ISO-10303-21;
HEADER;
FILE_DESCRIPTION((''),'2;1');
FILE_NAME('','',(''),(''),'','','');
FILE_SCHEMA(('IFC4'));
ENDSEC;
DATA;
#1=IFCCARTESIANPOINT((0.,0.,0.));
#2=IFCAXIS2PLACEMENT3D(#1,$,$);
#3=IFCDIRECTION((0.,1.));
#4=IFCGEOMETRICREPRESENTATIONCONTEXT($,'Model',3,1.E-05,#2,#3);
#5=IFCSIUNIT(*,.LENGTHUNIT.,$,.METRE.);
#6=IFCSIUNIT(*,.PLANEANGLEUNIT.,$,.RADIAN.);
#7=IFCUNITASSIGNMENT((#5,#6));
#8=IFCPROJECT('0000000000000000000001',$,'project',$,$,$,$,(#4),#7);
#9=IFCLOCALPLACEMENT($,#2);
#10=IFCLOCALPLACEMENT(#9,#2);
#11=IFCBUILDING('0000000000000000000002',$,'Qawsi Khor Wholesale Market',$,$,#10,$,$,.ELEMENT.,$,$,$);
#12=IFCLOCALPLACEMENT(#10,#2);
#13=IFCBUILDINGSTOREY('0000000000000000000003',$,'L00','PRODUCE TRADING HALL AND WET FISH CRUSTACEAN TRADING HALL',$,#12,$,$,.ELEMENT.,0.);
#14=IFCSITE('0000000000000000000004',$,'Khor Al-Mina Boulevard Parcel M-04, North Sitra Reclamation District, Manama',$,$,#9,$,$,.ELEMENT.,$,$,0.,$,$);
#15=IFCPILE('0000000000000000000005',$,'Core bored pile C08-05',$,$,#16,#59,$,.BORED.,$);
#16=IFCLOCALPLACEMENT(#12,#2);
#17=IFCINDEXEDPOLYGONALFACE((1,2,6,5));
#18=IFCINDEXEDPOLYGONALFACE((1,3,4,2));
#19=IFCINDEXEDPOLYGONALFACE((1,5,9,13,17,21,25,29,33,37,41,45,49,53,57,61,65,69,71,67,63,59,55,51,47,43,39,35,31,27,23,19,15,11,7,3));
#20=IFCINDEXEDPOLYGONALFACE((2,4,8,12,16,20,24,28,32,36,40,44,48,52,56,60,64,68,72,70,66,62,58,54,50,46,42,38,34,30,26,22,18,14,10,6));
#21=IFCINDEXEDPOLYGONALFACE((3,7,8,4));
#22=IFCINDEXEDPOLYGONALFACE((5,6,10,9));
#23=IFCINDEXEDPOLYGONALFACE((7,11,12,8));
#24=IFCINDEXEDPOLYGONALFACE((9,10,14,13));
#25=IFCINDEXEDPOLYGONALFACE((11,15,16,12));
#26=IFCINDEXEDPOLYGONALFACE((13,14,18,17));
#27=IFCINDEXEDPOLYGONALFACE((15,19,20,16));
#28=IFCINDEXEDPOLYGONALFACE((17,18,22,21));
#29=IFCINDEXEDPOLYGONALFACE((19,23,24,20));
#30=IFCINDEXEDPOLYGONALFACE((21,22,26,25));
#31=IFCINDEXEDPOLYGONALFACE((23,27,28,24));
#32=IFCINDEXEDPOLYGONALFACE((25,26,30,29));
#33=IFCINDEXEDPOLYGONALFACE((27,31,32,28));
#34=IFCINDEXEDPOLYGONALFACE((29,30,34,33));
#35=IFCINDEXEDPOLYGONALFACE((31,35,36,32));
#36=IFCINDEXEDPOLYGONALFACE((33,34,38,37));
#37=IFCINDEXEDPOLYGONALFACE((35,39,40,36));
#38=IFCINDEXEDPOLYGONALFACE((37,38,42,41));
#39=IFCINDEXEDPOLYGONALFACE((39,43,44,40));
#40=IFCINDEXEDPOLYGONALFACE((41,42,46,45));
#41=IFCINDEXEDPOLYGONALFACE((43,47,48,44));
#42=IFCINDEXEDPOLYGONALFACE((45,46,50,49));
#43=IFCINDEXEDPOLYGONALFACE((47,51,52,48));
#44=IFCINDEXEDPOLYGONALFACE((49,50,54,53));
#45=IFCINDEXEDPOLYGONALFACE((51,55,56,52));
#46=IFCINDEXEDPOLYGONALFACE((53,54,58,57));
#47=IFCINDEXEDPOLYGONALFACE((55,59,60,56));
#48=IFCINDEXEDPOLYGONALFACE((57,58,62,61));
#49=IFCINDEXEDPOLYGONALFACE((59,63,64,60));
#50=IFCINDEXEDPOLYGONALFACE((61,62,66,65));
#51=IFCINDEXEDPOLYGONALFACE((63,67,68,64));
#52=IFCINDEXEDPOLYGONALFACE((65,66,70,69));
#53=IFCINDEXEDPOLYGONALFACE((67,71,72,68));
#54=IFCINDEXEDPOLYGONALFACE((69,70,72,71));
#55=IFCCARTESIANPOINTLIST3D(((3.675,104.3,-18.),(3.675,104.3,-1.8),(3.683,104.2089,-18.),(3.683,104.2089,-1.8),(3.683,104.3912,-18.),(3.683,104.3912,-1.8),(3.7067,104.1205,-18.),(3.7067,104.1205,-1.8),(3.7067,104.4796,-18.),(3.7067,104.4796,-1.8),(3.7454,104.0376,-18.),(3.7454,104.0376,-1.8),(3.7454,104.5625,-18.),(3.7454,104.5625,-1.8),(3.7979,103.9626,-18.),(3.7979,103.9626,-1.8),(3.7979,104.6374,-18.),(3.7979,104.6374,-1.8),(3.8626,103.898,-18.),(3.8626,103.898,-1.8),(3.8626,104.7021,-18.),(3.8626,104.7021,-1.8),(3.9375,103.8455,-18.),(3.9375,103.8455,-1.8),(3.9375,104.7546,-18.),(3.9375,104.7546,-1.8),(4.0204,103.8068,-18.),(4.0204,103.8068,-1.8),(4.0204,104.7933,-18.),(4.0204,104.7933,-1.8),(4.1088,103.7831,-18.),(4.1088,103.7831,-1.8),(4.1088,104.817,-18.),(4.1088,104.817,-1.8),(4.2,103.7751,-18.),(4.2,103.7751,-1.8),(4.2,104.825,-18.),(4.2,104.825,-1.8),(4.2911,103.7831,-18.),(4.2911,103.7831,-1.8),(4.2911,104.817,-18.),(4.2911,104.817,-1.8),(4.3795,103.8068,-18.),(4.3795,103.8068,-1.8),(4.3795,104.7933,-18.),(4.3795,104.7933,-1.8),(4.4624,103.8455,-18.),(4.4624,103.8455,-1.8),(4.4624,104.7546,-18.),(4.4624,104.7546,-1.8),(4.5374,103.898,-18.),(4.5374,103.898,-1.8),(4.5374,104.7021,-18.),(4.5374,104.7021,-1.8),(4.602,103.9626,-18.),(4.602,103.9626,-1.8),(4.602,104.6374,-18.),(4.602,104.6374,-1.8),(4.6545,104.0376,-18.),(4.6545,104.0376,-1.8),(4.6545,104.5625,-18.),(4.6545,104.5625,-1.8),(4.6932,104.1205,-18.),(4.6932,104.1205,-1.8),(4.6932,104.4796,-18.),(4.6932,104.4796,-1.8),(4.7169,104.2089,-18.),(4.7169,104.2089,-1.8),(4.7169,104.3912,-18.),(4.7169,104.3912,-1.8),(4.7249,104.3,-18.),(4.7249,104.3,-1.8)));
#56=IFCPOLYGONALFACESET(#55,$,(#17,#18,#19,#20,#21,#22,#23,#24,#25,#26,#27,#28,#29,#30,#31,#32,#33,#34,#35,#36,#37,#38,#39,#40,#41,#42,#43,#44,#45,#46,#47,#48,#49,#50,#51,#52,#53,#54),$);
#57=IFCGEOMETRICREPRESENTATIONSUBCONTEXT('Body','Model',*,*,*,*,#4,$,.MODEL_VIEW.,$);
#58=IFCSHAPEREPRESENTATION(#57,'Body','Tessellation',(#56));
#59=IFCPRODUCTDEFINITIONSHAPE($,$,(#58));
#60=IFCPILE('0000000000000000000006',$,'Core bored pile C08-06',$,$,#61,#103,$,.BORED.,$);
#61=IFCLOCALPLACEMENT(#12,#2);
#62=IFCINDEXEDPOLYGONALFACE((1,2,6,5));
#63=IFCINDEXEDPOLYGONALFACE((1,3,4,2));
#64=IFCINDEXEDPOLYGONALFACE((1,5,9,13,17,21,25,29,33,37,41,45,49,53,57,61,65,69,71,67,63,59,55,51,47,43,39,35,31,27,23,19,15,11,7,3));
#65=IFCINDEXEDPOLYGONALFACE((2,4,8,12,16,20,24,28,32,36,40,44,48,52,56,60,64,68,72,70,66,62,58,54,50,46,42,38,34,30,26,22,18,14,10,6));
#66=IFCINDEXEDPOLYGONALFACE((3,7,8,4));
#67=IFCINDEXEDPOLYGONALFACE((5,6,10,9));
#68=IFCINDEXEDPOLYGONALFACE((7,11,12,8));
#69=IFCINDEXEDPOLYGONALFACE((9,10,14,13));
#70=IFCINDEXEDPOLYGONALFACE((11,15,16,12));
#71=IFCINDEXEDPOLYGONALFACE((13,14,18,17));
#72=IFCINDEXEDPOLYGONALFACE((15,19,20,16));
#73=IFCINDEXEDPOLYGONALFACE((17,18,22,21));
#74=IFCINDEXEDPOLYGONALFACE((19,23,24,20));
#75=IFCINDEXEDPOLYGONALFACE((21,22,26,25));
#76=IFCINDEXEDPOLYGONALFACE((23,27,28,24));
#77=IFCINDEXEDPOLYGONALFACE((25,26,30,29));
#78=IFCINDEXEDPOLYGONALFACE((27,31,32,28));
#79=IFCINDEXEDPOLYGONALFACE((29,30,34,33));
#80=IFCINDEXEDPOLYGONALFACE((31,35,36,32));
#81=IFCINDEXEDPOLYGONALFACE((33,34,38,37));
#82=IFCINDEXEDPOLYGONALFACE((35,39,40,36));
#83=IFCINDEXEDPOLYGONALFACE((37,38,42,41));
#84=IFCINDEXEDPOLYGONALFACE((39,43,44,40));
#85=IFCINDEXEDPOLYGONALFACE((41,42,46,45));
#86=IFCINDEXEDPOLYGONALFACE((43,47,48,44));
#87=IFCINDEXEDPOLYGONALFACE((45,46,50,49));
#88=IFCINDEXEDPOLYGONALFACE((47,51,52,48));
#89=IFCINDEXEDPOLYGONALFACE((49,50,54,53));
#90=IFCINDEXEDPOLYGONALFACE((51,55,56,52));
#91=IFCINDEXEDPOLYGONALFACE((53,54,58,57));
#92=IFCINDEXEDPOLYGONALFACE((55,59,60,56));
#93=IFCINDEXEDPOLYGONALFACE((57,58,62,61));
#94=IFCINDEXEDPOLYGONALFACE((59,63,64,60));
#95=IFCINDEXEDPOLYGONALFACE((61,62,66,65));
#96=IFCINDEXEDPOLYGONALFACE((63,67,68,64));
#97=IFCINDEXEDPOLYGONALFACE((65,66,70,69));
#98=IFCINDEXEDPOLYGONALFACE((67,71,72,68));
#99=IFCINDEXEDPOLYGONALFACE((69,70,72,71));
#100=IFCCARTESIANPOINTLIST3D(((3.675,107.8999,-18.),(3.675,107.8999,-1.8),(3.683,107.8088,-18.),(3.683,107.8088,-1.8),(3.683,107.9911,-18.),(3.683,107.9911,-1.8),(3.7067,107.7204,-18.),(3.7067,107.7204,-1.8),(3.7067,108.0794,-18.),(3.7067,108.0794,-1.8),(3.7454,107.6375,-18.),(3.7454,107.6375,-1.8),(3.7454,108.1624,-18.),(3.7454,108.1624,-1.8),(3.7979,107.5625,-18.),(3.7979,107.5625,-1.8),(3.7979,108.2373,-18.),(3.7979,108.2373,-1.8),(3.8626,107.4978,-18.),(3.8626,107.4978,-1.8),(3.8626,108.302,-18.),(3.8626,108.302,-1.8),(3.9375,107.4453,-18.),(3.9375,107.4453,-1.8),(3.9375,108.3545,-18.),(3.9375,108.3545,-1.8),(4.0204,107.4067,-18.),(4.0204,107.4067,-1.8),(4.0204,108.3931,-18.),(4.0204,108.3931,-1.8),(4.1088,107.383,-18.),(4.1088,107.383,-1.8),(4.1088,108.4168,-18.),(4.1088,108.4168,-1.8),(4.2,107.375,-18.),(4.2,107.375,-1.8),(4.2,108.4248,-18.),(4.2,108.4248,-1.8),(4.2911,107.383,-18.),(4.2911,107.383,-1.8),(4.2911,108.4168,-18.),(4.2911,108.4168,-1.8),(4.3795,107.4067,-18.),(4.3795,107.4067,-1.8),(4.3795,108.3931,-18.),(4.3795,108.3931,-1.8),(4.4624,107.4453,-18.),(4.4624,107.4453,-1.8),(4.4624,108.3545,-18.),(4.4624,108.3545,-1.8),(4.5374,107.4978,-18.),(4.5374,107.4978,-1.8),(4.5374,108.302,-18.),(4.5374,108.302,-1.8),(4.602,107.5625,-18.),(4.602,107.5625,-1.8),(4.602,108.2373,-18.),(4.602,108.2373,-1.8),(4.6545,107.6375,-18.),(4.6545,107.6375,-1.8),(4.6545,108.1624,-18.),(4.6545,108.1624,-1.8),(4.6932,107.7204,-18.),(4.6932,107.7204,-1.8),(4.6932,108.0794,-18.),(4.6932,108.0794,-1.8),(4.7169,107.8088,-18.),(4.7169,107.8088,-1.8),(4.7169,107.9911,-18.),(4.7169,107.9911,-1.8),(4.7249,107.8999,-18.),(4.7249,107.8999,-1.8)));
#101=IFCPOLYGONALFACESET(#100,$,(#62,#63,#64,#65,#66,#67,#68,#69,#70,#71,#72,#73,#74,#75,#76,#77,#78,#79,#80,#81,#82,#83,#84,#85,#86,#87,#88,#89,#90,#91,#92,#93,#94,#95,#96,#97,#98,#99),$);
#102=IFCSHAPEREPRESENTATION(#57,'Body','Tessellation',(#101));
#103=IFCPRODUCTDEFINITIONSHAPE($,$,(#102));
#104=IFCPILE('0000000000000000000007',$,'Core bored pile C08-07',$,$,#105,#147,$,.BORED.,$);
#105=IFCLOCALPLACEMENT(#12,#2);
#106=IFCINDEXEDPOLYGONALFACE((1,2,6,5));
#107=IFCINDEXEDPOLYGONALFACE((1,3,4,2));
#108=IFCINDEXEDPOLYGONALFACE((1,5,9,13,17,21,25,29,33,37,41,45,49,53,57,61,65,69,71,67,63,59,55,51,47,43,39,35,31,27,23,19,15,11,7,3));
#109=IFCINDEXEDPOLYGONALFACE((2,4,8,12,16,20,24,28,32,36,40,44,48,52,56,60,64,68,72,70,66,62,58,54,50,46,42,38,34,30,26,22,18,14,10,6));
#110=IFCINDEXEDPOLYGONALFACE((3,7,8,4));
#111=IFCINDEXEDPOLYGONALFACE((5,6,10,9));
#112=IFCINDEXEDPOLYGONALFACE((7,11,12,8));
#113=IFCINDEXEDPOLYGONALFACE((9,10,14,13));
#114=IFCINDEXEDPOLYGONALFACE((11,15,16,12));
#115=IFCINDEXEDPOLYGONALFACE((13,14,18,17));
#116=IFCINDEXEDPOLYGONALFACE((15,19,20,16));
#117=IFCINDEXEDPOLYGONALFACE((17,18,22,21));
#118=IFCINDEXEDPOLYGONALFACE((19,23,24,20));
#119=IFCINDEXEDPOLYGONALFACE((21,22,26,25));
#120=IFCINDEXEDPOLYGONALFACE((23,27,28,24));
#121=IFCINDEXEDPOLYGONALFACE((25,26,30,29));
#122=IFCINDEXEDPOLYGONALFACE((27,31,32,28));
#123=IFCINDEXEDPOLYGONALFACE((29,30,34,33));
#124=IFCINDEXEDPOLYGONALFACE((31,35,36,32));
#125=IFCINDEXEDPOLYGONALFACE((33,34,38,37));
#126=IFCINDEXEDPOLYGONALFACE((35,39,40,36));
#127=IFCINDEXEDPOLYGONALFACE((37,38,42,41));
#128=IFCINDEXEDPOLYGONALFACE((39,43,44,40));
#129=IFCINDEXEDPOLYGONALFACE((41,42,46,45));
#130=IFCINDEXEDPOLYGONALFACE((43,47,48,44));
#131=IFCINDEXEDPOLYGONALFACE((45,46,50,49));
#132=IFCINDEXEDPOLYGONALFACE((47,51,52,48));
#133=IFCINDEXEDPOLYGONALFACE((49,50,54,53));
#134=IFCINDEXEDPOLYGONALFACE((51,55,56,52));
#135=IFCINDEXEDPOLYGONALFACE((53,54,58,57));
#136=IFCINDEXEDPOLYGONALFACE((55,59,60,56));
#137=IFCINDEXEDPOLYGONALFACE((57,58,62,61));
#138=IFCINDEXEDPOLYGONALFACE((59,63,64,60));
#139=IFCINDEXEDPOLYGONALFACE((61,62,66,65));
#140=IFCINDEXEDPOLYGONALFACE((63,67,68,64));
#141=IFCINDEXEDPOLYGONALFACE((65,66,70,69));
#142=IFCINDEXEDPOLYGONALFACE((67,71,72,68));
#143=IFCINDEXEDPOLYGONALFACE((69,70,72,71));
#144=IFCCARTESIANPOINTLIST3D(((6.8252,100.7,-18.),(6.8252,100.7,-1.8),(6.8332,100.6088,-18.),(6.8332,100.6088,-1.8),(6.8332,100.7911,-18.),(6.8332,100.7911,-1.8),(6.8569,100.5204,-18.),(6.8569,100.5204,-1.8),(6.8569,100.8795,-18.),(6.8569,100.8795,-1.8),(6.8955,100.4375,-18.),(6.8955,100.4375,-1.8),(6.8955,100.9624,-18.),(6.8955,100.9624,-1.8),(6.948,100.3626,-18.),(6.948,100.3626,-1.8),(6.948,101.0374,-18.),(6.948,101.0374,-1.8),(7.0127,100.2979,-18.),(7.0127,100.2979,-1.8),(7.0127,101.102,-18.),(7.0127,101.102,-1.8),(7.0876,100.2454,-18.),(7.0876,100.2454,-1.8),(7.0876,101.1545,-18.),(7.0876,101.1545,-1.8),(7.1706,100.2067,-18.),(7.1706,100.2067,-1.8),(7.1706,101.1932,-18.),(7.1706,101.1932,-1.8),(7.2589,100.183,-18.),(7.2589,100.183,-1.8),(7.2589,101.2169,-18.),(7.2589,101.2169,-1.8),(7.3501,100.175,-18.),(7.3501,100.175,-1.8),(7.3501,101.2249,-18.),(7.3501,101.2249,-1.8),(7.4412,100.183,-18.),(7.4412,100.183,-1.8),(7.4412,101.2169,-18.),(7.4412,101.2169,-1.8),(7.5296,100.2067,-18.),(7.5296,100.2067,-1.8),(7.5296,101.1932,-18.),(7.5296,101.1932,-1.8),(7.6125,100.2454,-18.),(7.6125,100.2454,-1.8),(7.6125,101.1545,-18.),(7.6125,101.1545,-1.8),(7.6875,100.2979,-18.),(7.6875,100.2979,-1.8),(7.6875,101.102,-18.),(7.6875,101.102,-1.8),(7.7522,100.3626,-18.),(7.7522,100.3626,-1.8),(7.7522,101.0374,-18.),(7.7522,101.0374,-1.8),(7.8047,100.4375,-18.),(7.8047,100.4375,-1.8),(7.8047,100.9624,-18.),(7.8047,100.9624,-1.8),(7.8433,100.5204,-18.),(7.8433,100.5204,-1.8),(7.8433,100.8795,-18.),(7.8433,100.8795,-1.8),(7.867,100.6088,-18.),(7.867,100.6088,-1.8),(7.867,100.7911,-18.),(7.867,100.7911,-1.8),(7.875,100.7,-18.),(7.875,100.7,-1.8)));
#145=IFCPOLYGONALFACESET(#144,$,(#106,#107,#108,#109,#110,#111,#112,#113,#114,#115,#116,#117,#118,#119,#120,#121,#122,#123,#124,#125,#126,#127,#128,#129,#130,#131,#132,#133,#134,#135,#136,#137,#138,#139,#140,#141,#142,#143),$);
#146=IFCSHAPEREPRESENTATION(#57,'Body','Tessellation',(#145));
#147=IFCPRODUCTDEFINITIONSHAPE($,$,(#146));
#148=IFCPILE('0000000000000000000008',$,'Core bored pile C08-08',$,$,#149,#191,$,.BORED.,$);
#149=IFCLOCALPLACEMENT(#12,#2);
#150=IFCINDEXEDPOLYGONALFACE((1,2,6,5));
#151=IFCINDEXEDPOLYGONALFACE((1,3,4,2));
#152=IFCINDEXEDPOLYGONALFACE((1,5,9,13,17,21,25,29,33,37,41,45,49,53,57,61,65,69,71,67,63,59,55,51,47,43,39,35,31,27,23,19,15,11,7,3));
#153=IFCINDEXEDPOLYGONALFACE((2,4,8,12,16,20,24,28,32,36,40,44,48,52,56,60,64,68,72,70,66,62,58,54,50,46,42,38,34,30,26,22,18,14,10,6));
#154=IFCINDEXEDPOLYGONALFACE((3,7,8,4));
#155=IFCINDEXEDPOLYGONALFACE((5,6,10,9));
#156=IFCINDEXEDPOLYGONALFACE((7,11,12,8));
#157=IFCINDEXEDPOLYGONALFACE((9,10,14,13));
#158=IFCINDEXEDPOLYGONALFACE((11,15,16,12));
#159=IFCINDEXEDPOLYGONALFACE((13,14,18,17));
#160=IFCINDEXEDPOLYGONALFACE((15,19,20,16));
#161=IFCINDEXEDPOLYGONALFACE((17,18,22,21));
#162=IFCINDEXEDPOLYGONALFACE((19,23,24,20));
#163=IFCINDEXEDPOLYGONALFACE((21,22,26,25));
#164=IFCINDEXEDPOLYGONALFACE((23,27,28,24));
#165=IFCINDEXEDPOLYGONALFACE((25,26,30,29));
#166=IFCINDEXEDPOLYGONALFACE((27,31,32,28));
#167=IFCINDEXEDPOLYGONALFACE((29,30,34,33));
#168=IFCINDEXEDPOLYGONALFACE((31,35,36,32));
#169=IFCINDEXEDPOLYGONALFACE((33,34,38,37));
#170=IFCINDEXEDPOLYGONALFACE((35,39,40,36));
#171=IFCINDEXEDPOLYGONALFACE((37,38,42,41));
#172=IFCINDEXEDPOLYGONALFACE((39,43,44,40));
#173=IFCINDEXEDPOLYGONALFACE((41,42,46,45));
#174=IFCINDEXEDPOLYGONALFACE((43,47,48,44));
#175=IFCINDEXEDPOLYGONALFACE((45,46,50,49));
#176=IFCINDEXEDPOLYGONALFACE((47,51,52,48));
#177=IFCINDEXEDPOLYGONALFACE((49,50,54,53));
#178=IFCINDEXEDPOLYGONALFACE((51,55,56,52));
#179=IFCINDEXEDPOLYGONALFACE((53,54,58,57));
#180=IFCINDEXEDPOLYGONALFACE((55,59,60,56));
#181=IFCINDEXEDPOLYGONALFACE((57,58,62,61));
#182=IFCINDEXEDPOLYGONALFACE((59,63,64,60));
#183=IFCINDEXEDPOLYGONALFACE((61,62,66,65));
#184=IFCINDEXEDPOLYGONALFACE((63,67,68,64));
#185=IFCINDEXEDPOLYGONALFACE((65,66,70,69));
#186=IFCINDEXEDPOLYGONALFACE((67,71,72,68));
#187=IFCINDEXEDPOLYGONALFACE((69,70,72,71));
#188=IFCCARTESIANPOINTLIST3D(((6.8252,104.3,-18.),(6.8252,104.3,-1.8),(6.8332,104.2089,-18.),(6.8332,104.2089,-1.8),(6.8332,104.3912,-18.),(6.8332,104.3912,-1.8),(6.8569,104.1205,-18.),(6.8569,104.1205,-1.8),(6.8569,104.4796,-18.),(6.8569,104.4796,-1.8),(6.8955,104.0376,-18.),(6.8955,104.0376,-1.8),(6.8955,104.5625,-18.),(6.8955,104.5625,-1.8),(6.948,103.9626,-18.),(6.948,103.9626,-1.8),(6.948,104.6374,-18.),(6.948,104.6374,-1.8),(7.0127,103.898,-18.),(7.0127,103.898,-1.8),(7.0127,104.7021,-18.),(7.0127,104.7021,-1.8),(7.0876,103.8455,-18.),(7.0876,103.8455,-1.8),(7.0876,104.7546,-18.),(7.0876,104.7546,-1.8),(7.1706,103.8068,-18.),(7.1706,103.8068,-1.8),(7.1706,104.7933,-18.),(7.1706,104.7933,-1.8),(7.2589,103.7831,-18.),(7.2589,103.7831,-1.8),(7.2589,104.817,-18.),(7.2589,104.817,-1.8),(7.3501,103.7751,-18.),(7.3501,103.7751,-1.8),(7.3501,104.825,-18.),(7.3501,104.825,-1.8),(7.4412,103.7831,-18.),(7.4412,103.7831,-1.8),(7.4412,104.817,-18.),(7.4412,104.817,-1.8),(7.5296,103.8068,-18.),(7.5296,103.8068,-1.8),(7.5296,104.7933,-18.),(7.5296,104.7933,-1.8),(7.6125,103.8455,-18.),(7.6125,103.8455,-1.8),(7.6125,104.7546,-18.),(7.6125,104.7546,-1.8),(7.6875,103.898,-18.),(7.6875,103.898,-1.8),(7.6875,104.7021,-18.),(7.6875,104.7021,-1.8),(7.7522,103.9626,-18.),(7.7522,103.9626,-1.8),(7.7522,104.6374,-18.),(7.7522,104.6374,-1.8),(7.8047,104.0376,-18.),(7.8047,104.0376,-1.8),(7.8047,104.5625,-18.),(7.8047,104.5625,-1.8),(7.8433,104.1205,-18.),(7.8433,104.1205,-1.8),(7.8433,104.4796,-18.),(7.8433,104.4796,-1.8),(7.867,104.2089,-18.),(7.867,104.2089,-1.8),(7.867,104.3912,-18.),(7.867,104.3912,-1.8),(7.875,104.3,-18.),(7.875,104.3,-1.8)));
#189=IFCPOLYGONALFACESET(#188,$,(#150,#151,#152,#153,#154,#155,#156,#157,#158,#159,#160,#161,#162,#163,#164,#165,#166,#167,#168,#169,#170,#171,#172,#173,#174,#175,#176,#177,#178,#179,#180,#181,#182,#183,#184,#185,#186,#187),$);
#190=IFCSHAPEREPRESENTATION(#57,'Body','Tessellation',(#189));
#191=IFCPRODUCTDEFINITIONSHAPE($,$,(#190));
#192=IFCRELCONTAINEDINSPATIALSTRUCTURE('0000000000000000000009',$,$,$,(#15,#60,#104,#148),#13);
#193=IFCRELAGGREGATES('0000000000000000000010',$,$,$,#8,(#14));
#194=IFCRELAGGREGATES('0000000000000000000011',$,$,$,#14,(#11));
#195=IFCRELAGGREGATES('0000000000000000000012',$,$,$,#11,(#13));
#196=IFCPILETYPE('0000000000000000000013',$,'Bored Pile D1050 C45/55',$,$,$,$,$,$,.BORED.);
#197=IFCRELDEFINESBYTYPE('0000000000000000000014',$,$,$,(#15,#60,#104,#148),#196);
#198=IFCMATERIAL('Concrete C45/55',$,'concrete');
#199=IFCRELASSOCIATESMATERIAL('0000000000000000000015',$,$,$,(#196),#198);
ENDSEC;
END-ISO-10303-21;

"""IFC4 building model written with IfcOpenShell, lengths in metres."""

from ifc_helpers import new_model, si_unit, direction, frame, origin, origin_2d, place, context, subcontext, project, spatial, circle, extrude, material, material_profile, profile_set, type_object, element, save


model = new_model("IFC4")

# Units and contexts
model_context = context("Model", 3, precision=1e-05, world=origin(), true_north=direction((0.0, 1.0)))
body_context = subcontext(model_context, "Body", "Model", "MODEL_VIEW")
ifc_project = project(units=[si_unit("LENGTHUNIT", "METRE"), si_unit("PLANEANGLEUNIT", "RADIAN")], contexts=[model_context])

# Site, building, storey
site_placement = place(None, origin())
site = spatial("IfcSite", under=ifc_project, at=site_placement, Name="Khor Al-Mina Boulevard Parcel M-04, North Sitra Reclamation District, Manama", CompositionType="ELEMENT", RefElevation=0.0)
building_placement = place(site_placement, origin())
building = spatial("IfcBuilding", under=site, at=building_placement, Name="Qawsi Khor Wholesale Market", CompositionType="ELEMENT")
storey_placement = place(building_placement, origin())
storey = spatial("IfcBuildingStorey", under=building, at=storey_placement, Name="L00", Description="PRODUCE TRADING HALL AND WET FISH CRUSTACEAN TRADING HALL", CompositionType="ELEMENT", Elevation=0.0)

# Piles
ifc_material_1 = material(Name="Concrete C45/55", Category="concrete")
ifc_material_profile_1 = material_profile(ifc_material_1, circle(Radius=0.5249, at=origin_2d()), Name="PILE D1050")
ifc_profile_set_1 = profile_set([ifc_material_profile_1], Name="Concrete C45/55")
pile_type_1 = type_object("IfcPileType", Name="Bored Pile D1050 C45/55", PredefinedType="BORED", material=ifc_profile_set_1)
for number, where, z_axis, x_axis, name in (
    (1, (4.2, 104.3, -1.8), (0.0, 0.0, -1.0), (1.0, 0.0, 0.0), "Core bored pile C08-05"),
    (2, (4.2, 107.8999, -1.8), (0.0, 0.0, -1.0), (1.0, 0.0, 0.0), "Core bored pile C08-06"),
    (3, (7.3501, 100.7, -1.8), (0.0, 0.0, -1.0), (1.0, 0.0, 0.0), "Core bored pile C08-07"),
    (4, (7.3501, 104.3, -1.8), (0.0, 0.0, -1.0), (1.0, 0.0, 0.0), "Core bored pile C08-08"),
):
    element("IfcPile", number, at=place(storey_placement, frame(where, z_axis=z_axis, x_axis=x_axis)), inside=storey, type_object=pile_type_1, Name=name, PredefinedType="BORED", context=body_context, shape_type="SweptSolid", body=[
        extrude(circle(Radius=0.5249, at=origin_2d()), origin(), (0.0, 0.0, 1.0), 16.2),
    ])

save(model, "model.ifc")
